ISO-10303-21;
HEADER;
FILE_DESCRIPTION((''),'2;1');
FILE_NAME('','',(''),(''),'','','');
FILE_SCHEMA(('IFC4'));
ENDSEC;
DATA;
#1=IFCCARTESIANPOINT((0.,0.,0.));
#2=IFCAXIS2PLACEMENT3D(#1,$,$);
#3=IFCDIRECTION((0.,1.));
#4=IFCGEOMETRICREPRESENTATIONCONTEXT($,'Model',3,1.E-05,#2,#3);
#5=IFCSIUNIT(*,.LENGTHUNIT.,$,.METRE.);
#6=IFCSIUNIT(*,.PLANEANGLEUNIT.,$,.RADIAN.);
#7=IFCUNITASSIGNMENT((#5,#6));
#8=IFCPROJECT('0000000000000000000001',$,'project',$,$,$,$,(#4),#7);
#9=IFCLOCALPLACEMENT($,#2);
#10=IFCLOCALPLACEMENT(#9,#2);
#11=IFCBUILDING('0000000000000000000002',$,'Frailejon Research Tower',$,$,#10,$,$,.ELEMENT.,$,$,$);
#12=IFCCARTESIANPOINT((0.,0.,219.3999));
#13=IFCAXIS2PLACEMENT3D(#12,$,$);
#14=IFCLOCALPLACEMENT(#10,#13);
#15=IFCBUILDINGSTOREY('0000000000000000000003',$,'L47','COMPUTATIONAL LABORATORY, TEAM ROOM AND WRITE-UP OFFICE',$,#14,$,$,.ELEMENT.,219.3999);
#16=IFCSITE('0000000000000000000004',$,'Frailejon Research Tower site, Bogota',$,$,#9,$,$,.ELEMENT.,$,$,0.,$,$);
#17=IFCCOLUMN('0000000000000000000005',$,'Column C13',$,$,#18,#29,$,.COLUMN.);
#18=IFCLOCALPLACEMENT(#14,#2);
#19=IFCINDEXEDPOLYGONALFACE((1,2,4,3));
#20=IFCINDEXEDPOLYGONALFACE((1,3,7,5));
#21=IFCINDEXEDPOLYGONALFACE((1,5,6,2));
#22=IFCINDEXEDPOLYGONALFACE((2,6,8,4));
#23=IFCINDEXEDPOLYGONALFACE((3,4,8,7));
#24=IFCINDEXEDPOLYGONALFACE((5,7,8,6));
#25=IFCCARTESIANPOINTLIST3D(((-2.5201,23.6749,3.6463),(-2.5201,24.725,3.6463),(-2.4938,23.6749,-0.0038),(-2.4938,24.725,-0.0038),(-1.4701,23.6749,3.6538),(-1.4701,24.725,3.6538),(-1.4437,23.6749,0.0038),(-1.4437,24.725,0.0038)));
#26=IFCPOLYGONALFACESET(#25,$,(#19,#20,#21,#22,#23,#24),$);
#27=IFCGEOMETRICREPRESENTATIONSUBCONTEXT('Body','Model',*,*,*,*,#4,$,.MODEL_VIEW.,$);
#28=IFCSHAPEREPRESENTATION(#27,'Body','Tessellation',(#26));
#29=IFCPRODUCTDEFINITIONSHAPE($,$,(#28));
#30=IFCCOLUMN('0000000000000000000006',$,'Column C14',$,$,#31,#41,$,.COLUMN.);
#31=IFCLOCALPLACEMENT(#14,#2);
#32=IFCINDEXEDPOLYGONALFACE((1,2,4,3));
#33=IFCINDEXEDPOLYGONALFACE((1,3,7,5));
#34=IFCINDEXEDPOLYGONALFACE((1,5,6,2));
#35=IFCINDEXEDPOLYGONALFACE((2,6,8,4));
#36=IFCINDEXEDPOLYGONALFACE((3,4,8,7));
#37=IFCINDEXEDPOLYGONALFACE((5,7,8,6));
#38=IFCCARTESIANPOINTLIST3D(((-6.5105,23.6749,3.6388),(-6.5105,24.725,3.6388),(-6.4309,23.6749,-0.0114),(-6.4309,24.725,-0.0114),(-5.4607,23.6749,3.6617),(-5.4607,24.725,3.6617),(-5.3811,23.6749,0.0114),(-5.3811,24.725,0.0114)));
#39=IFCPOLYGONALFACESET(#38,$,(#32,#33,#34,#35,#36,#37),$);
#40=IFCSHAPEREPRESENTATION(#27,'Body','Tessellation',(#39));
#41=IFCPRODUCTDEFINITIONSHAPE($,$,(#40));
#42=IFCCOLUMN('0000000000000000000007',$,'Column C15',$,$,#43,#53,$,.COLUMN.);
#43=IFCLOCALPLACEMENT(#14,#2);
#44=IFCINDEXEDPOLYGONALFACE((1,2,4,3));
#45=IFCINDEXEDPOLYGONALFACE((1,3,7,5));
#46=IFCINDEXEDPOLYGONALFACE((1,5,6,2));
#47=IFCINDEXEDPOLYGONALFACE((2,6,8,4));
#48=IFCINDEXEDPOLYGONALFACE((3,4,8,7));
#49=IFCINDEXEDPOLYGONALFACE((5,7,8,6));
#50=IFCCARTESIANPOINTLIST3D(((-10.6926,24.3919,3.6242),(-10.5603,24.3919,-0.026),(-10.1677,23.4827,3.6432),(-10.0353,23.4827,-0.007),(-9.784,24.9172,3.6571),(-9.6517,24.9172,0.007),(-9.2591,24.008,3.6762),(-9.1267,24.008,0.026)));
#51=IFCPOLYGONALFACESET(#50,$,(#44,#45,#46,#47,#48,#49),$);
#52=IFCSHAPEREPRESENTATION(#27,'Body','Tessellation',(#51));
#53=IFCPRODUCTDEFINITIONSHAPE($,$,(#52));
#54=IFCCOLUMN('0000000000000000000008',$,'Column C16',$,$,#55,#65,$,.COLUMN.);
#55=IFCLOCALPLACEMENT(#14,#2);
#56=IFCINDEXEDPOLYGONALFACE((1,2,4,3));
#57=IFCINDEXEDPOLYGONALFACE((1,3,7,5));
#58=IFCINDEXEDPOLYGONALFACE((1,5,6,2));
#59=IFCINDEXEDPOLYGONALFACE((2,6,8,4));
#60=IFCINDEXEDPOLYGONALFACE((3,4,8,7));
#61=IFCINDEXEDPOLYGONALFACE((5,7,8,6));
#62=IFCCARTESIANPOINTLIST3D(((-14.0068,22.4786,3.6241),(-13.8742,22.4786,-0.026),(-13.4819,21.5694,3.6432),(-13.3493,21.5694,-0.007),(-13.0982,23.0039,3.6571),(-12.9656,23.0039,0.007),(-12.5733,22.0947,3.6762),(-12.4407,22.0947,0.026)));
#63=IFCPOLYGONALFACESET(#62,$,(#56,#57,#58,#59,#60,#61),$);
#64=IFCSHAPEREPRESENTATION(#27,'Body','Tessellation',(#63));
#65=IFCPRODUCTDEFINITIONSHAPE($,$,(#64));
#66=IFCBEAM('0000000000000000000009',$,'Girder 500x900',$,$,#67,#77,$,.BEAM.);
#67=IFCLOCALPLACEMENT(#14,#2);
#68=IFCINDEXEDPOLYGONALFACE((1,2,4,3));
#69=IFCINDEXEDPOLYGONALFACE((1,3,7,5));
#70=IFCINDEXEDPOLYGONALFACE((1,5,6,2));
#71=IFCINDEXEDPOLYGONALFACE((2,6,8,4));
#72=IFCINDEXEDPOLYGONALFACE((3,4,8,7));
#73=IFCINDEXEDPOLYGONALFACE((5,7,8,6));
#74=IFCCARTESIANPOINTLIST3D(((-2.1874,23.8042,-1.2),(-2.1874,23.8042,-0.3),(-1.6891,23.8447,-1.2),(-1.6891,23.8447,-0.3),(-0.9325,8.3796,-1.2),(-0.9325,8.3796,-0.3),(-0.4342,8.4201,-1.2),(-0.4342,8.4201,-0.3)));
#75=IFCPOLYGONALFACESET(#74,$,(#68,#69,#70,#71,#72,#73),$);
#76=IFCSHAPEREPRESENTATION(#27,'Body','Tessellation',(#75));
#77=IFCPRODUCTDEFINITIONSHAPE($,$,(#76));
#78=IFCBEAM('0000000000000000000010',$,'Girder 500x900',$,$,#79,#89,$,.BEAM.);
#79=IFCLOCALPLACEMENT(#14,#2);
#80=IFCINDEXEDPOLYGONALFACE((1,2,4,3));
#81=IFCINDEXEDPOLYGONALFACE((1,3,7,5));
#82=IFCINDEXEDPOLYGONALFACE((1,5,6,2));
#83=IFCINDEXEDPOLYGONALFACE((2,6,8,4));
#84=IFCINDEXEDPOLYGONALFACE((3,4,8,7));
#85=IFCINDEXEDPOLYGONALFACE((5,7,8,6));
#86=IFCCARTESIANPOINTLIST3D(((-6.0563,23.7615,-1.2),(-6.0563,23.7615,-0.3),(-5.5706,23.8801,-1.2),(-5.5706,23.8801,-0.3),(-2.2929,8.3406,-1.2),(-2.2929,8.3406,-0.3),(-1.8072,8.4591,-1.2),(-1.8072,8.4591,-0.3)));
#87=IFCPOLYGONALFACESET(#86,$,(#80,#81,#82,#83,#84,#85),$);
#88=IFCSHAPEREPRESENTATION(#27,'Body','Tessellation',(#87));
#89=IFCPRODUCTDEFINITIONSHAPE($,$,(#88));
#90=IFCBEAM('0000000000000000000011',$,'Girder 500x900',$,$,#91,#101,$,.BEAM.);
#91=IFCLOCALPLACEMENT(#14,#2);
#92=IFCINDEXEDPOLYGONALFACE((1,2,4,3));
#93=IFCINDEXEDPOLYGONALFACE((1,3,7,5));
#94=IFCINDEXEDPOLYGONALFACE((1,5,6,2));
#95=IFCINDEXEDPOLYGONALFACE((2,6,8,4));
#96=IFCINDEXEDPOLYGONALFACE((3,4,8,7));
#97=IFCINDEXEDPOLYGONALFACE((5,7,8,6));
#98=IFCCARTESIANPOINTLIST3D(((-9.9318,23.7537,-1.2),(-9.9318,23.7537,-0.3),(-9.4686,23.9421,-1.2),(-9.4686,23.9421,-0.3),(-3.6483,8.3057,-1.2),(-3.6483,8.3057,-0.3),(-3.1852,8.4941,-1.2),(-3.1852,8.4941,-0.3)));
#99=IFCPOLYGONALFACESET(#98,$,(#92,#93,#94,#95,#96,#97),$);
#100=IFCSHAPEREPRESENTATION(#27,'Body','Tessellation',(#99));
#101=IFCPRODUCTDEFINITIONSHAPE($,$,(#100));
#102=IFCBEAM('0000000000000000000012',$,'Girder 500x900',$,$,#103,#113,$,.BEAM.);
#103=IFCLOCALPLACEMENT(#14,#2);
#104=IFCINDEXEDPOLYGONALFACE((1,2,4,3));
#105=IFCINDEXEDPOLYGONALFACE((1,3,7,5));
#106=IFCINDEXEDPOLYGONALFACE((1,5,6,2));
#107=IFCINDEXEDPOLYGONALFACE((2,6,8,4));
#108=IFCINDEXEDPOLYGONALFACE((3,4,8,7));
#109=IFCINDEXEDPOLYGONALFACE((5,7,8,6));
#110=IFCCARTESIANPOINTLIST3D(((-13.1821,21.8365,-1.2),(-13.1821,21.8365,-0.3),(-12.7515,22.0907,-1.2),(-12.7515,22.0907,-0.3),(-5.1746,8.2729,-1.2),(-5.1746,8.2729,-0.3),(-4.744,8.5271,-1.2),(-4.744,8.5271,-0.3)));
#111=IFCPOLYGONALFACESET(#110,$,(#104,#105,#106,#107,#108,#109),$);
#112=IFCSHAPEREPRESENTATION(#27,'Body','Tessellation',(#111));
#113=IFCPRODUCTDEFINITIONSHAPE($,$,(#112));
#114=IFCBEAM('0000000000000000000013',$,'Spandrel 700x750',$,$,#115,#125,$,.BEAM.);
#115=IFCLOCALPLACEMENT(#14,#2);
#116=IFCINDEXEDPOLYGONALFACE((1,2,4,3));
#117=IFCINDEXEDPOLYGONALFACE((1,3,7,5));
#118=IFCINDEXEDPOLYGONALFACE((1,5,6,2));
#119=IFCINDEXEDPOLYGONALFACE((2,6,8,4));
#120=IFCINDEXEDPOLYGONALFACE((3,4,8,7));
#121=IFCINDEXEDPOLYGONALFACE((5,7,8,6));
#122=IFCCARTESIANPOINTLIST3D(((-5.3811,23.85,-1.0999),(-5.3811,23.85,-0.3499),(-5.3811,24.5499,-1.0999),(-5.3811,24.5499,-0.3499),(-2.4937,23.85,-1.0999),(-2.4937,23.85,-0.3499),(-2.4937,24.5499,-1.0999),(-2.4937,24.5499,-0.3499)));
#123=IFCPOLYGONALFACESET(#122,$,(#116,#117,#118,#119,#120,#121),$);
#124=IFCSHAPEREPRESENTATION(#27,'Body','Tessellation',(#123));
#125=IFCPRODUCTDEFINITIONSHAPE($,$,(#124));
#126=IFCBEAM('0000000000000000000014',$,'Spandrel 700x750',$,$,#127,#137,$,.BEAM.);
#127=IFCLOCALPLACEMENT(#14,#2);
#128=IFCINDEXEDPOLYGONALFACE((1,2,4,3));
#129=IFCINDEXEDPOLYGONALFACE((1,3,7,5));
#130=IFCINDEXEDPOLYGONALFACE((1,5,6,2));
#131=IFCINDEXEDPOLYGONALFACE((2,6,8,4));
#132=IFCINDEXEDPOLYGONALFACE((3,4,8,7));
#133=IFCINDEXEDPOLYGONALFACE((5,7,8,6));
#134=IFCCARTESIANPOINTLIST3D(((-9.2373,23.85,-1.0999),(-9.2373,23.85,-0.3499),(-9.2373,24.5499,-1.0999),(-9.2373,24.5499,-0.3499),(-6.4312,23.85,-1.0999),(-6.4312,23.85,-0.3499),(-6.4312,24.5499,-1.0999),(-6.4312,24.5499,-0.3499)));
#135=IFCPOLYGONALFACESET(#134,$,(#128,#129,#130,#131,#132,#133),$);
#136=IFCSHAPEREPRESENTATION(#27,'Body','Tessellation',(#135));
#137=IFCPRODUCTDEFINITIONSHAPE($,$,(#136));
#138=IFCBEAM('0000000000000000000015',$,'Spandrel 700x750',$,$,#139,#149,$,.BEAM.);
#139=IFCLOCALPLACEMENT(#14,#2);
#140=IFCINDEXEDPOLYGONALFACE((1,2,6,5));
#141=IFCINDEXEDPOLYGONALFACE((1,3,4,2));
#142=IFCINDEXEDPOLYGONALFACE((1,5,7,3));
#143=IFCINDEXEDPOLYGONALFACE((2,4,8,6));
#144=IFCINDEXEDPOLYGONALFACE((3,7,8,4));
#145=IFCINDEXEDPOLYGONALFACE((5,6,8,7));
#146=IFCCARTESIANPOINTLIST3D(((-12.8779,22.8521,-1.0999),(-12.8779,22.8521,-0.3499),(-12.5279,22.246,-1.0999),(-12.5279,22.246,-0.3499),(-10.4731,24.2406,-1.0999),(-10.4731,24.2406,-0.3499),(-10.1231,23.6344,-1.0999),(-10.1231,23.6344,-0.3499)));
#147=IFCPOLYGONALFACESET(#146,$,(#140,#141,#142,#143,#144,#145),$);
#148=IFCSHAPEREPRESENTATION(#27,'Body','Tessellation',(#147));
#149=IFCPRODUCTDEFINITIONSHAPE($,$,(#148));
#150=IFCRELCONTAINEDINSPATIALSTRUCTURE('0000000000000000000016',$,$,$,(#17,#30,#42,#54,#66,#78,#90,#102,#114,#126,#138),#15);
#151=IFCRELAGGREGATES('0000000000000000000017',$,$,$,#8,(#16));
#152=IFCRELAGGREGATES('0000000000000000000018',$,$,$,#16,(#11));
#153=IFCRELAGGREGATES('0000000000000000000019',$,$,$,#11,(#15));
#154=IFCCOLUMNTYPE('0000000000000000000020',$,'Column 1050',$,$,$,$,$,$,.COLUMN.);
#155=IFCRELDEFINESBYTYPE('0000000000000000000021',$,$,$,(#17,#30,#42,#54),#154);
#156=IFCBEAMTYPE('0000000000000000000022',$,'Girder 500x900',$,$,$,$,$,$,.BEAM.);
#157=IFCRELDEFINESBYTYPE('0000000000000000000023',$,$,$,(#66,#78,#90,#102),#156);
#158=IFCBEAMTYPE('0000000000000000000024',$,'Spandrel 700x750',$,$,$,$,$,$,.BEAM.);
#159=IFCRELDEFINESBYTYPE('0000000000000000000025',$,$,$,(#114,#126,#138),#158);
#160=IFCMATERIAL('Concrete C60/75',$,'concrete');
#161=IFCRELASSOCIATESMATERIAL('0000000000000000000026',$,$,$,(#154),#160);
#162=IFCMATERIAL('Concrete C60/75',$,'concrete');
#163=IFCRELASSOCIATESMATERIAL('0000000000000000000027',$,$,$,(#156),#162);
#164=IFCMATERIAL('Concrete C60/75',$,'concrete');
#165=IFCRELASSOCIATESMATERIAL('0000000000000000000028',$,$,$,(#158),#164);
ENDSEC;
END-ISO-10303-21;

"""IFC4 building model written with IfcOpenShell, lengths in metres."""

from ifc_helpers import new_model, si_unit, direction, frame, origin, origin_2d, place, context, subcontext, project, spatial, rectangle, extrude, material, material_profile, profile_set, type_object, element, save


model = new_model("IFC4")

# Units and contexts
model_context = context("Model", 3, precision=1e-05, world=origin(), true_north=direction((0.0, 1.0)))
body_context = subcontext(model_context, "Body", "Model", "MODEL_VIEW")
ifc_project = project(units=[si_unit("LENGTHUNIT", "METRE"), si_unit("PLANEANGLEUNIT", "RADIAN")], contexts=[model_context])

# Site, building, storey
site_placement = place(None, origin())
site = spatial("IfcSite", under=ifc_project, at=site_placement, Name="Frailejon Research Tower site, Bogota", CompositionType="ELEMENT", RefElevation=0.0)
building_placement = place(site_placement, origin())
building = spatial("IfcBuilding", under=site, at=building_placement, Name="Frailejon Research Tower", CompositionType="ELEMENT")
storey_placement = place(building_placement, frame((0.0, 0.0, 219.3999)))
storey = spatial("IfcBuildingStorey", under=building, at=storey_placement, Name="L47", Description="COMPUTATIONAL LABORATORY, TEAM ROOM AND WRITE-UP OFFICE", CompositionType="ELEMENT", Elevation=219.3999)

# Columns
ifc_material_1 = material(Name="Concrete C60/75", Category="concrete")
ifc_material_profile_1 = material_profile(ifc_material_1, rectangle(XDim=1.05, YDim=1.05, at=origin_2d()), Name="Column 1050")
ifc_profile_set_1 = profile_set([ifc_material_profile_1], Name="Concrete C60/75")
column_type = type_object("IfcColumnType", Name="Column 1050", PredefinedType="COLUMN", material=ifc_profile_set_1)
column_1_placement = place(storey_placement, frame((-1.9688, 24.2, 0.0), z_axis=(-0.007223, 0.0, 0.999974), x_axis=(-0.999974, 0.0, -0.007223)))
element("IfcColumn", 1, at=column_1_placement, inside=storey, type_object=column_type, Name="Column C13", PredefinedType="COLUMN", context=body_context, shape_type="SweptSolid", body=[
    extrude(rectangle(XDim=1.05, YDim=1.05, at=origin_2d()), origin(), (0.0, 0.0, 1.0), 3.6501),
])
column_2_placement = place(storey_placement, frame((-5.906, 24.2, 0.0), z_axis=(-0.021799, 0.0, 0.999762), x_axis=(-0.999762, 0.0, -0.021799)))
element("IfcColumn", 2, at=column_2_placement, inside=storey, type_object=column_type, Name="Column C14", PredefinedType="COLUMN", context=body_context, shape_type="SweptSolid", body=[
    extrude(rectangle(XDim=1.05, YDim=1.05, at=origin_2d()), origin(), (0.0, 0.0, 1.0), 3.6511),
])
for number, where, z_axis, x_axis, name in (
    (3, (-9.8435, 24.2, 0.0), (-0.036228, 0.0, 0.999344), (-0.865315, -0.500246, -0.031369), "Column C15"),
    (4, (-13.1575, 22.2866, 0.0), (-0.036295, 0.0, 0.999341), (-0.865313, -0.500246, -0.031427), "Column C16"),
):
    element("IfcColumn", number, at=place(storey_placement, frame(where, z_axis=z_axis, x_axis=x_axis)), inside=storey, type_object=column_type, Name=name, PredefinedType="COLUMN", context=body_context, shape_type="SweptSolid", body=[
        extrude(rectangle(XDim=1.05, YDim=1.05, at=origin_2d()), origin(), (0.0, 0.0, 1.0), 3.6526),
    ])

# Beams
ifc_material_2 = material(Name="Concrete C60/75", Category="concrete")
ifc_material_profile_2 = material_profile(ifc_material_2, rectangle(XDim=0.5, YDim=0.8999, at=origin_2d()), Name="Girder 500x900")
ifc_profile_set_2 = profile_set([ifc_material_profile_2], Name="Concrete C60/75")
beam_type_1 = type_object("IfcBeamType", Name="Girder 500x900", PredefinedType="BEAM", material=ifc_profile_set_2)
beam_1_placement = place(storey_placement, frame((-1.9382, 23.8245, -0.75), z_axis=(0.081088, -0.996707, 0.0), x_axis=(0.996707, 0.081088, 0.0)))
element("IfcBeam", 5, at=beam_1_placement, inside=storey, type_object=beam_type_1, Name="Girder 500x900", PredefinedType="BEAM", context=body_context, shape_type="SweptSolid", body=[
    extrude(rectangle(XDim=0.5, YDim=0.8999, at=origin_2d()), origin(), (0.0, 0.0, 1.0), 15.4756),
])
beam_2_placement = place(storey_placement, frame((-5.8135, 23.8208, -0.75), z_axis=(0.237089, -0.971488, 0.0), x_axis=(0.971488, 0.237089, 0.0)))
element("IfcBeam", 6, at=beam_2_placement, inside=storey, type_object=beam_type_1, Name="Girder 500x900", PredefinedType="BEAM", context=body_context, shape_type="SweptSolid", body=[
    extrude(rectangle(XDim=0.5, YDim=0.8999, at=origin_2d()), origin(), (0.0, 0.0, 1.0), 15.8735),
])
beam_3_placement = place(storey_placement, frame((-9.7002, 23.8479, -0.75), z_axis=(0.376773, -0.926306, 0.0), x_axis=(0.926306, 0.376773, 0.0)))
element("IfcBeam", 7, at=beam_3_placement, inside=storey, type_object=beam_type_1, Name="Girder 500x900", PredefinedType="BEAM", context=body_context, shape_type="SweptSolid", body=[
    extrude(rectangle(XDim=0.5, YDim=0.8999, at=origin_2d()), origin(), (0.0, 0.0, 1.0), 16.677),
])
beam_4_placement = place(storey_placement, frame((-12.9668, 21.9636, -0.75), z_axis=(0.508383, -0.861131, 0.0), x_axis=(0.861131, 0.508383, 0.0)))
element("IfcBeam", 8, at=beam_4_placement, inside=storey, type_object=beam_type_1, Name="Girder 500x900", PredefinedType="BEAM", context=body_context, shape_type="SweptSolid", body=[
    extrude(rectangle(XDim=0.5, YDim=0.8999, at=origin_2d()), origin(), (0.0, 0.0, 1.0), 15.751),
])
ifc_material_3 = material(Name="Concrete C60/75", Category="concrete")
ifc_material_profile_3 = material_profile(ifc_material_3, rectangle(XDim=0.7, YDim=0.75, at=origin_2d()), Name="Spandrel 700x750")
ifc_profile_set_3 = profile_set([ifc_material_profile_3], Name="Concrete C60/75")
beam_type_2 = type_object("IfcBeamType", Name="Spandrel 700x750", PredefinedType="BEAM", material=ifc_profile_set_3)
beam_5_placement = place(storey_placement, frame((-2.4937, 24.2, -0.7249), z_axis=(-1.0, 0.0, 0.0), x_axis=(0.0, -1.0, 0.0)))
element("IfcBeam", 9, at=beam_5_placement, inside=storey, type_object=beam_type_2, Name="Spandrel 700x750", PredefinedType="BEAM", context=body_context, shape_type="SweptSolid", body=[
    extrude(rectangle(XDim=0.7, YDim=0.75, at=origin_2d()), origin(), (0.0, 0.0, 1.0), 2.8875),
])
beam_6_placement = place(storey_placement, frame((-6.4312, 24.2, -0.7249), z_axis=(-1.0, 0.0, 0.0), x_axis=(0.0, -1.0, 0.0)))
element("IfcBeam", 10, at=beam_6_placement, inside=storey, type_object=beam_type_2, Name="Spandrel 700x750", PredefinedType="BEAM", context=body_context, shape_type="SweptSolid", body=[
    extrude(rectangle(XDim=0.7, YDim=0.75, at=origin_2d()), origin(), (0.0, 0.0, 1.0), 2.8062),
])
beam_7_placement = place(storey_placement, frame((-10.2981, 23.9375, -0.7249), z_axis=(-0.866022, -0.500007, 0.0), x_axis=(0.500007, -0.866022, 0.0)))
element("IfcBeam", 11, at=beam_7_placement, inside=storey, type_object=beam_type_2, Name="Spandrel 700x750", PredefinedType="BEAM", context=body_context, shape_type="SweptSolid", body=[
    extrude(rectangle(XDim=0.7, YDim=0.75, at=origin_2d()), origin(), (0.0, 0.0, 1.0), 2.7769),
])

save(model, "model.ifc")
